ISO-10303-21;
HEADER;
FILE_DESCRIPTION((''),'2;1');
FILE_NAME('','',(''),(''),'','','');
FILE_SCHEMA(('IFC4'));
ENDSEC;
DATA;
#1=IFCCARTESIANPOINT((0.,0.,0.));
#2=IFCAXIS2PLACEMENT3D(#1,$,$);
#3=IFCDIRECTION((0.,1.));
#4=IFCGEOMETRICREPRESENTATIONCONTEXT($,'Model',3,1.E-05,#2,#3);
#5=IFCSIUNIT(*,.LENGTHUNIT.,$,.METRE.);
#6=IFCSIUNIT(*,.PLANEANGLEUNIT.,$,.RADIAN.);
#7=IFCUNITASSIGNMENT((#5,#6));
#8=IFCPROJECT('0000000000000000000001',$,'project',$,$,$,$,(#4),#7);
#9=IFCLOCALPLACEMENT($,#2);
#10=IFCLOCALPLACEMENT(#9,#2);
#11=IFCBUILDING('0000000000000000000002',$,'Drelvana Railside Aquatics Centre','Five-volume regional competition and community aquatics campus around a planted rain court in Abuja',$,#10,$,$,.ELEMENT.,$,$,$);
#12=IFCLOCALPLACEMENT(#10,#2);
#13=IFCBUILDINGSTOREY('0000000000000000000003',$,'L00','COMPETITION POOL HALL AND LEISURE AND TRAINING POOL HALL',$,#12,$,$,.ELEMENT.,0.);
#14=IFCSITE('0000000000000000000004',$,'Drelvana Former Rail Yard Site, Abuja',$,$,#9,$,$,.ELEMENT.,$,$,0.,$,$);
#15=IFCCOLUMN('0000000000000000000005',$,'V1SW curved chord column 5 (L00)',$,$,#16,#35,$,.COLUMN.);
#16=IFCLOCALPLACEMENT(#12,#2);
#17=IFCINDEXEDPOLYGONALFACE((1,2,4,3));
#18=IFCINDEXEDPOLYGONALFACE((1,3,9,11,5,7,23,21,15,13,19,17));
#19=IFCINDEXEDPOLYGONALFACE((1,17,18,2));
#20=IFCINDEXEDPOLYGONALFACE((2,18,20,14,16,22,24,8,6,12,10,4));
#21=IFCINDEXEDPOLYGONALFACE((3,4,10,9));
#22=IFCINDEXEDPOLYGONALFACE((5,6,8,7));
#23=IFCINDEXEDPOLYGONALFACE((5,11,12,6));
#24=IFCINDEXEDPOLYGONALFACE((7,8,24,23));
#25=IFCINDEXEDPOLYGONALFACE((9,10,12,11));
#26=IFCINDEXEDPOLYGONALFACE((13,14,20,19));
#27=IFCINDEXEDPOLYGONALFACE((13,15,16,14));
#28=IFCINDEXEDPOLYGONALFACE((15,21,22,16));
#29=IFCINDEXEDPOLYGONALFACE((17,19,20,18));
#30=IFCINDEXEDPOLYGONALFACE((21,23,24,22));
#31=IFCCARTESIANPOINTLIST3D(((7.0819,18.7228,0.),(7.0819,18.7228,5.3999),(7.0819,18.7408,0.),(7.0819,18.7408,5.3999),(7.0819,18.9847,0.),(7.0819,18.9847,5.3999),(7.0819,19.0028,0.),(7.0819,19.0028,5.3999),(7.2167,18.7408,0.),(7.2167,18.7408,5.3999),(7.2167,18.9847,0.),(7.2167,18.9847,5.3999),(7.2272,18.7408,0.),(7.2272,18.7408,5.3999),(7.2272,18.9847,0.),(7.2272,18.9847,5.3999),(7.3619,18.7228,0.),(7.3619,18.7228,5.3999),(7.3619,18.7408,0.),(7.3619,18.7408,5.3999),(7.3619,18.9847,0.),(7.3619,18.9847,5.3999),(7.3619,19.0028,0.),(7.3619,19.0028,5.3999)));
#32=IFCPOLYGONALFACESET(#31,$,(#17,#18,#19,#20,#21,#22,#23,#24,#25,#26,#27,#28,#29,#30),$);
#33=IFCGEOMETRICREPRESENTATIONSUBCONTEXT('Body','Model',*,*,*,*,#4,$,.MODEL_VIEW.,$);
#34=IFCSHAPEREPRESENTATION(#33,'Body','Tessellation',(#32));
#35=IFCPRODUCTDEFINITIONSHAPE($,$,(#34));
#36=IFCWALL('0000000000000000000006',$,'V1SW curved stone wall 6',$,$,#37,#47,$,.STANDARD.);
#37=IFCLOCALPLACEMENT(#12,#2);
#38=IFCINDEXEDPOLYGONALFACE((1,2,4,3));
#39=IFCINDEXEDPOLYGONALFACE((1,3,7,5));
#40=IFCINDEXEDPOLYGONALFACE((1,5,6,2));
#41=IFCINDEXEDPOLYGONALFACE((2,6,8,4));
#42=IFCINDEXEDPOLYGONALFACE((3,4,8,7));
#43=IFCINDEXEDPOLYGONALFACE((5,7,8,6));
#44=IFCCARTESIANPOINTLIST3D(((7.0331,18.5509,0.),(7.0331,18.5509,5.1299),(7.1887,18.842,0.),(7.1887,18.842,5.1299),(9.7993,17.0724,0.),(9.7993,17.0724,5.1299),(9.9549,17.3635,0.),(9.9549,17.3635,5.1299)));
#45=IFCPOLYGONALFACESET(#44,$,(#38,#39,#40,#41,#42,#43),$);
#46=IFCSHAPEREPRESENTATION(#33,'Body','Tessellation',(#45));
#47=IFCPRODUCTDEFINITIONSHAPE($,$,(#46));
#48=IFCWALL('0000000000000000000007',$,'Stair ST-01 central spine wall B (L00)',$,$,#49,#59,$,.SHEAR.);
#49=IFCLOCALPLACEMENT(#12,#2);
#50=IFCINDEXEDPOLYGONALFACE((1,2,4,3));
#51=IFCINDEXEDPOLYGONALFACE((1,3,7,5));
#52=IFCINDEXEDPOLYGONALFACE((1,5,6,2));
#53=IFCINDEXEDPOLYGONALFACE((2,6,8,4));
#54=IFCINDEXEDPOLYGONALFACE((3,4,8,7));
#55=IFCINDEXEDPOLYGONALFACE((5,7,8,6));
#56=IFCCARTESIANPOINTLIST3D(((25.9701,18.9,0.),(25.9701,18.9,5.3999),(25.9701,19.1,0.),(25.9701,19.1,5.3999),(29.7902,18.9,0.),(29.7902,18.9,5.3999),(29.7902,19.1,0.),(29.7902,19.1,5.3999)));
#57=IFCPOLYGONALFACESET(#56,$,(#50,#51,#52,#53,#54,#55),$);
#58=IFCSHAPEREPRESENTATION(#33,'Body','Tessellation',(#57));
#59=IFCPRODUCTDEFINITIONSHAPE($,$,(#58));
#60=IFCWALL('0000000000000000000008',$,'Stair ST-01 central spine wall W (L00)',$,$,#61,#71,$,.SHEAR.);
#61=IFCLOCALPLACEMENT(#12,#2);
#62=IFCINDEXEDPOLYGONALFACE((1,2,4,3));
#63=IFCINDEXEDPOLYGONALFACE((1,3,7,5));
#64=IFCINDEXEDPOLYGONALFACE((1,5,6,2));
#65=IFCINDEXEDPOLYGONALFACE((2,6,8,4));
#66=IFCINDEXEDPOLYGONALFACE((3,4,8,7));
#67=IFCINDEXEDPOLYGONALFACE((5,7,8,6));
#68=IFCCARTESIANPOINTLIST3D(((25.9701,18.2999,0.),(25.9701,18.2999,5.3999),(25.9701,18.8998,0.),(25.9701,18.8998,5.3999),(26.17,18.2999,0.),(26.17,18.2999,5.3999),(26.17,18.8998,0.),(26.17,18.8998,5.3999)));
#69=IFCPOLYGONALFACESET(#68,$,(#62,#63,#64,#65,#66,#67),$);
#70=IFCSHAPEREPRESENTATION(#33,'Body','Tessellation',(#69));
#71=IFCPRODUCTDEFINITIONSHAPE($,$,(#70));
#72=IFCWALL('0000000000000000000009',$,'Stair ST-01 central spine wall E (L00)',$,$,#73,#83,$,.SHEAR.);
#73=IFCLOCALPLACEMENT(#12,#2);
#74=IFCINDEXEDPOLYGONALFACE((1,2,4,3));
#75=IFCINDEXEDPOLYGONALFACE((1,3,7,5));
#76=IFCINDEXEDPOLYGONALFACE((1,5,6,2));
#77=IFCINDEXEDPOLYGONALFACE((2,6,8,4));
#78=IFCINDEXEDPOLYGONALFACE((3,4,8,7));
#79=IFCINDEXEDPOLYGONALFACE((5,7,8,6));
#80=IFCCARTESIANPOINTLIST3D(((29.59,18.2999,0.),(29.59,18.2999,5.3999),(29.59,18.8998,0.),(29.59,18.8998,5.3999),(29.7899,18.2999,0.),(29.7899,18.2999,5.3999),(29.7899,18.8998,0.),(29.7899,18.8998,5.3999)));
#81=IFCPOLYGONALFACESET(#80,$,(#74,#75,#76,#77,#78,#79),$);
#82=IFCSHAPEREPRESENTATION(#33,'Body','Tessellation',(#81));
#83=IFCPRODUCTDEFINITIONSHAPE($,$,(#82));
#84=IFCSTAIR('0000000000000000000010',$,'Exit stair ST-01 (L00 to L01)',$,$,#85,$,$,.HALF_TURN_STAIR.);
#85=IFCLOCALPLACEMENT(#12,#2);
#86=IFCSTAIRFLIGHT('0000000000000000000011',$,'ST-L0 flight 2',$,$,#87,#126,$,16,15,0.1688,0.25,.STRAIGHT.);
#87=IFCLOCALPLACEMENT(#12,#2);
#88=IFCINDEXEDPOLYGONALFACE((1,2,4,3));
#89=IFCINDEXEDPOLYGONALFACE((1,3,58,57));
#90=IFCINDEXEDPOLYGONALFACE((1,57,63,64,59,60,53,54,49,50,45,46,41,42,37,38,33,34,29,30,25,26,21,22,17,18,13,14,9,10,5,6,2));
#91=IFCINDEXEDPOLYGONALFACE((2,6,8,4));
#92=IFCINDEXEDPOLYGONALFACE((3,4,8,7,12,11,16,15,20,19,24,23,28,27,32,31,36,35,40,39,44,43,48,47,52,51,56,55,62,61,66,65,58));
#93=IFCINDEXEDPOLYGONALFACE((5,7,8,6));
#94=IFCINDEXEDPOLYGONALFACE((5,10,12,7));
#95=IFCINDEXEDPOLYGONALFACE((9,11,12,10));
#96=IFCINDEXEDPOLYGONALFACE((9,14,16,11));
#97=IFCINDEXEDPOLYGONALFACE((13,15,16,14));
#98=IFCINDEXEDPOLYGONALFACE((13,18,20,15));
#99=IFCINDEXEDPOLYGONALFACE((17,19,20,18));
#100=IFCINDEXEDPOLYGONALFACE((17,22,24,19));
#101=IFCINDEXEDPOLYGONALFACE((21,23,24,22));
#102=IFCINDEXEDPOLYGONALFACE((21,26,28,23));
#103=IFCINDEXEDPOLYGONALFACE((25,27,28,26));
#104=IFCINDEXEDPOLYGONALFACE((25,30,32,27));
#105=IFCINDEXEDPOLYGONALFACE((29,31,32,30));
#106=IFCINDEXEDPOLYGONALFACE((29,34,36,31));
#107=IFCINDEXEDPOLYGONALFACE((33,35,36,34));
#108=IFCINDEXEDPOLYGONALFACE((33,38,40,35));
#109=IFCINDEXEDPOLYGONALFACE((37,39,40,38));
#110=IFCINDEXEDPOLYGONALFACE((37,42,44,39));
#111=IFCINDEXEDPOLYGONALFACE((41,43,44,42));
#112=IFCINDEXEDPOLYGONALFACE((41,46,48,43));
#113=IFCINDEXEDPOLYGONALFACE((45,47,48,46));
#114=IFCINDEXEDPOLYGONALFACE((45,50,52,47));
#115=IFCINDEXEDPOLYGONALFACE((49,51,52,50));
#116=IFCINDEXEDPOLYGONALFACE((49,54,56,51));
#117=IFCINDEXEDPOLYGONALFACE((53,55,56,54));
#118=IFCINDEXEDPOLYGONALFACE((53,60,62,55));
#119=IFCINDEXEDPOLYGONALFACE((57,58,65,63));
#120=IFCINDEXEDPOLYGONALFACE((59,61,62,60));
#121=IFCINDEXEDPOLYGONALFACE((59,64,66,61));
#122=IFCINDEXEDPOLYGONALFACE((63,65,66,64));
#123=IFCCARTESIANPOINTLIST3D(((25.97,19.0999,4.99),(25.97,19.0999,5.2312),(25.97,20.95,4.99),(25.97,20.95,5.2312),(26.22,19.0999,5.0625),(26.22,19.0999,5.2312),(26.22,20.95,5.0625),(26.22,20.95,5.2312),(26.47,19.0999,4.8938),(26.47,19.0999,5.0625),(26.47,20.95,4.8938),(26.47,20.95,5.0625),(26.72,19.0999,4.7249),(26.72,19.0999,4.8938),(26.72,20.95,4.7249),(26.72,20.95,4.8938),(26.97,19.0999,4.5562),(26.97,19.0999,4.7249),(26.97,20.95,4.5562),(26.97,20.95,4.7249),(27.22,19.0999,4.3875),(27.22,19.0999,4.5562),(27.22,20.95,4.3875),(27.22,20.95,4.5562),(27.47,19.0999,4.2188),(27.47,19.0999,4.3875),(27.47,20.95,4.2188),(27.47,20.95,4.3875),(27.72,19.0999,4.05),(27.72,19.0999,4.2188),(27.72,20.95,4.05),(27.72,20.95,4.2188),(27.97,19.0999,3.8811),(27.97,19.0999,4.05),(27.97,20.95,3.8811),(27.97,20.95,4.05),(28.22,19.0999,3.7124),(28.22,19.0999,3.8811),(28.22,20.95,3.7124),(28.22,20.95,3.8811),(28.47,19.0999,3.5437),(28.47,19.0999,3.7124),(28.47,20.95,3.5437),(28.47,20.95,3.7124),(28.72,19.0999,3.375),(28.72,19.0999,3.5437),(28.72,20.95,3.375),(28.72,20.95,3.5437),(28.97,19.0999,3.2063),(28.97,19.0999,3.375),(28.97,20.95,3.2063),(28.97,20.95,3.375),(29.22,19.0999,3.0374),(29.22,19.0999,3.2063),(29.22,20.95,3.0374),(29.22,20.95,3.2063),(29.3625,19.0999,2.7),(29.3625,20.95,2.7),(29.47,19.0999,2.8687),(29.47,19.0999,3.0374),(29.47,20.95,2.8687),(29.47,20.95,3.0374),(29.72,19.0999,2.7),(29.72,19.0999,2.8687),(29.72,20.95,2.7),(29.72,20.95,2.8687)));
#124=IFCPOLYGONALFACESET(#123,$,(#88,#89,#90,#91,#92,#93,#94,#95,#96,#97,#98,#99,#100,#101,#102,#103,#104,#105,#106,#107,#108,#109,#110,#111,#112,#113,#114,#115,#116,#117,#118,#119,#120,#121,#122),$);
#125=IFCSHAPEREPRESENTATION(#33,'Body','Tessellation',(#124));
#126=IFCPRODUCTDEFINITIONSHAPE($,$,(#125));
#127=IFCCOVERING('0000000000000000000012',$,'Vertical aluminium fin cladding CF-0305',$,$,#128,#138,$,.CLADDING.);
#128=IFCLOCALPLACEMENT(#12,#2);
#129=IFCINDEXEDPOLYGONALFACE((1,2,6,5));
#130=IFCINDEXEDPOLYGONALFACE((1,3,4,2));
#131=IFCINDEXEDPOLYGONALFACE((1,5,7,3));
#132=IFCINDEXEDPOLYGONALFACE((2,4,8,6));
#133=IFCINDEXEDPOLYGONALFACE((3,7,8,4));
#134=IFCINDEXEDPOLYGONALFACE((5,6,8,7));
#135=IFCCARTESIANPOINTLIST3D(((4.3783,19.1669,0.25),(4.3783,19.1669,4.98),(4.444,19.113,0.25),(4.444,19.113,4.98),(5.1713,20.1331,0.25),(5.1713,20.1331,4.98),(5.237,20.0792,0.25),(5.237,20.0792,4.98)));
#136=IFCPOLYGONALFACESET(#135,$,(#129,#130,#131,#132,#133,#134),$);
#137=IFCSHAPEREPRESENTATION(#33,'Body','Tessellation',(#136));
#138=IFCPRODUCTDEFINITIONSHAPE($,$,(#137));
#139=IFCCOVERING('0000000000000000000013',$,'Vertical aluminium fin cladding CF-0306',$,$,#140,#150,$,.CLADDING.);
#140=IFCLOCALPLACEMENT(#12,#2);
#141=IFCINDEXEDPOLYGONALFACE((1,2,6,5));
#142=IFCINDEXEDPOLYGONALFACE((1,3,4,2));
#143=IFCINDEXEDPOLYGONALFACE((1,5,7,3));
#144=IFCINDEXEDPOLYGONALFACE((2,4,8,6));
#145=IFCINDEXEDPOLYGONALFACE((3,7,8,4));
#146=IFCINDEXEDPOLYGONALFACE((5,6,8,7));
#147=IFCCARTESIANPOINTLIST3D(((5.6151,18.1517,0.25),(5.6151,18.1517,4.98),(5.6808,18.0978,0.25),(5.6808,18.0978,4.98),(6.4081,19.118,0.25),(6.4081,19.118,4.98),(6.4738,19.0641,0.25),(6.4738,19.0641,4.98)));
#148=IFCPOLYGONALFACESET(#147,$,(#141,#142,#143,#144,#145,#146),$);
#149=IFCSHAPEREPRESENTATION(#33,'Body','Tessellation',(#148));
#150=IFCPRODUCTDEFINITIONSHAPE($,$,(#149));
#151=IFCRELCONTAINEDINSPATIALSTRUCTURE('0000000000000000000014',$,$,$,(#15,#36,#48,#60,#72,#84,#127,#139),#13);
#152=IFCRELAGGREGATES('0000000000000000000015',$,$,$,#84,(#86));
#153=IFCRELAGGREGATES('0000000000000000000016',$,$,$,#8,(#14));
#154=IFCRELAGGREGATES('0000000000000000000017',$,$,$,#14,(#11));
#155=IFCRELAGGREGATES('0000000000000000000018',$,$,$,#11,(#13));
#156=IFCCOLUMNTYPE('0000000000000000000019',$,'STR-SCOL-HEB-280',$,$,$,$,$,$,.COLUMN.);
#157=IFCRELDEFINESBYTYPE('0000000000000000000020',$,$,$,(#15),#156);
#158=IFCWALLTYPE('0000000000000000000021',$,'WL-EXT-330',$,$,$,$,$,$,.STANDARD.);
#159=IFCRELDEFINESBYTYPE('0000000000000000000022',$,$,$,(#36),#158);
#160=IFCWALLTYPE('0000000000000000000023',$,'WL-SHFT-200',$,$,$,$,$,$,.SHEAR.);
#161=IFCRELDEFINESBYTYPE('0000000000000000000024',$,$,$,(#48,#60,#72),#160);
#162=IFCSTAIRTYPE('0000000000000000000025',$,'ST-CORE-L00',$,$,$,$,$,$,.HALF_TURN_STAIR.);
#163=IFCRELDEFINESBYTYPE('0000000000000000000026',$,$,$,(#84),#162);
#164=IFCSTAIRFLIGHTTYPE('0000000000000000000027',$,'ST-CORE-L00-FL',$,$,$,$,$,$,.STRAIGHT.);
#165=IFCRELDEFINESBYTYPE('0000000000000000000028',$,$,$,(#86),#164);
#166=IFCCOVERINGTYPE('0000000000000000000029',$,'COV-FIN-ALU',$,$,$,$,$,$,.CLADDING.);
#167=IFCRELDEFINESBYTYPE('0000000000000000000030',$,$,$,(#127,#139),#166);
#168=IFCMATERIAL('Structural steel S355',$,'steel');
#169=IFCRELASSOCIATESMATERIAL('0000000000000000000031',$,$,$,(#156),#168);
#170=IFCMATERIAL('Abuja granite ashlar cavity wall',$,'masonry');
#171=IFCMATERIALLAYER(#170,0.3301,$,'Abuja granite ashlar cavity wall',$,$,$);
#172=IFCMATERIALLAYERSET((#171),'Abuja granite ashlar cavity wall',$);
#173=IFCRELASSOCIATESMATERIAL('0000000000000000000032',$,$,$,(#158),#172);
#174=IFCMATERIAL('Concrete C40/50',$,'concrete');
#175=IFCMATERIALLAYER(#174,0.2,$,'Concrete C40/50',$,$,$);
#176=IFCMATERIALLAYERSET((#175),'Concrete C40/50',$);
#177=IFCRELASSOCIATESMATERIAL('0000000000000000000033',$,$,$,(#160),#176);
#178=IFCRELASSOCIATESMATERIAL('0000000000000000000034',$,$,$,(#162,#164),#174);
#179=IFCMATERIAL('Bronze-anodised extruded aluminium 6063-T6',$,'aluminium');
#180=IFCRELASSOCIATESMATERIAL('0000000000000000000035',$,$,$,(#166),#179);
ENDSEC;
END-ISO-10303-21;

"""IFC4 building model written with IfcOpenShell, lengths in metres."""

from ifc_helpers import new_model, si_unit, direction, frame, frame_2d, origin, origin_2d, place, context, subcontext, project, spatial, polyline, rectangle, i_section, outline, extrude, material, layer, layer_set, material_profile, profile_set, type_object, element, aggregate, save


model = new_model("IFC4")

# Units and contexts
model_context = context("Model", 3, precision=1e-05, world=origin(), true_north=direction((0.0, 1.0)))
body_context = subcontext(model_context, "Body", "Model", "MODEL_VIEW")
ifc_project = project(units=[si_unit("LENGTHUNIT", "METRE"), si_unit("PLANEANGLEUNIT", "RADIAN")], contexts=[model_context])

# Site, building, storey
site_placement = place(None, origin())
site = spatial("IfcSite", under=ifc_project, at=site_placement, Name="Drelvana Former Rail Yard Site, Abuja", CompositionType="ELEMENT", RefElevation=0.0)
building_placement = place(site_placement, origin())
building = spatial("IfcBuilding", under=site, at=building_placement, Name="Drelvana Railside Aquatics Centre", Description="Five-volume regional competition and community aquatics campus around a planted rain court in Abuja", CompositionType="ELEMENT")
storey_placement = place(building_placement, origin())
storey = spatial("IfcBuildingStorey", under=building, at=storey_placement, Name="L00", Description="COMPETITION POOL HALL AND LEISURE AND TRAINING POOL HALL", CompositionType="ELEMENT", Elevation=0.0)

# Column
ifc_material_1 = material(Name="Structural steel S355", Category="steel")
ifc_material_profile = material_profile(ifc_material_1, i_section(OverallWidth=0.28, OverallDepth=0.28, WebThickness=0.0105, FlangeThickness=0.0181, at=origin_2d()), Name="HEB 280")
ifc_profile_set = profile_set([ifc_material_profile], Name="Structural steel S355")
column_type = type_object("IfcColumnType", Name="STR-SCOL-HEB-280", PredefinedType="COLUMN", material=ifc_profile_set)
column_placement = place(storey_placement, frame((7.2219, 18.8628, 0.0), z_axis=(0.0, 0.0, 1.0), x_axis=(1.0, 0.0, 0.0)))
element("IfcColumn", 1, at=column_placement, inside=storey, type_object=column_type, Name="V1SW curved chord column 5 (L00)", PredefinedType="COLUMN", context=body_context, shape_type="SweptSolid", body=[
    extrude(i_section(OverallWidth=0.28, OverallDepth=0.28, WebThickness=0.0105, FlangeThickness=0.0181, at=origin_2d()), origin(), (0.0, 0.0, 1.0), 5.3999),
])

# Walls
ifc_material_2 = material(Name="Abuja granite ashlar cavity wall", Category="masonry")
ifc_layer_1 = layer(ifc_material_2, 0.3301, Name="Abuja granite ashlar cavity wall")
ifc_layer_set_1 = layer_set([ifc_layer_1], Name="Abuja granite ashlar cavity wall")
wall_type_1 = type_object("IfcWallType", Name="WL-EXT-330", PredefinedType="STANDARD", material=ifc_layer_set_1)
wall_1_placement = place(storey_placement, frame((7.1108, 18.6965, 0.0), z_axis=(0.0, 0.0, 1.0), x_axis=(0.881922, -0.471396, 0.0)))
element("IfcWall", 2, at=wall_1_placement, inside=storey, type_object=wall_type_1, Name="V1SW curved stone wall 6", PredefinedType="STANDARD", context=body_context, shape_type="SweptSolid", body=[
    extrude(rectangle(XDim=3.1365, YDim=0.3301, at=frame_2d((1.5684, 0.0))), origin(), (0.0, 0.0, 1.0), 5.1299),
])
ifc_material_3 = material(Name="Concrete C40/50", Category="concrete")
ifc_layer_2 = layer(ifc_material_3, 0.2, Name="Concrete C40/50")
ifc_layer_set_2 = layer_set([ifc_layer_2], Name="Concrete C40/50")
wall_type_2 = type_object("IfcWallType", Name="WL-SHFT-200", PredefinedType="SHEAR", material=ifc_layer_set_2)
wall_2_placement = place(storey_placement, frame((25.97, 19.0, 0.0), z_axis=(0.0, 0.0, 1.0), x_axis=(1.0, 0.0, 0.0)))
element("IfcWall", 3, at=wall_2_placement, inside=storey, type_object=wall_type_2, Name="Stair ST-01 central spine wall B (L00)", PredefinedType="SHEAR", context=body_context, shape_type="SweptSolid", body=[
    extrude(rectangle(XDim=3.8201, YDim=0.2, at=frame_2d((1.9102, 0.0))), origin(), (0.0, 0.0, 1.0), 5.3999),
])
for number, where, z_axis, x_axis, name in (
    (4, (26.0701, 18.3, 0.0), (0.0, 0.0, 1.0), (0.0, 1.0, 0.0), "Stair ST-01 central spine wall W (L00)"),
    (5, (29.6899, 18.3, 0.0), (0.0, 0.0, 1.0), (0.0, 1.0, 0.0), "Stair ST-01 central spine wall E (L00)"),
):
    element("IfcWall", number, at=place(storey_placement, frame(where, z_axis=z_axis, x_axis=x_axis)), inside=storey, type_object=wall_type_2, Name=name, PredefinedType="SHEAR", context=body_context, shape_type="SweptSolid", body=[
        extrude(rectangle(XDim=0.5999, YDim=0.2, at=frame_2d((0.2998, 0.0))), origin(), (0.0, 0.0, 1.0), 5.3999),
    ])

# Stair, stair flight
stair_type = type_object("IfcStairType", Name="ST-CORE-L00", PredefinedType="HALF_TURN_STAIR", material=ifc_material_3)
stair_placement = place(storey_placement, origin())
stair = element("IfcStair", 6, at=stair_placement, inside=storey, type_object=stair_type, Name="Exit stair ST-01 (L00 to L01)", PredefinedType="HALF_TURN_STAIR")
stair_flight_type = type_object("IfcStairFlightType", Name="ST-CORE-L00-FL", PredefinedType="STRAIGHT", material=ifc_material_3)
stair_flight_placement = place(storey_placement, frame((29.72, 20.0249, 2.7), z_axis=(0.0, 0.0, 1.0), x_axis=(-1.0, 0.0, 0.0)))
stair_flight = element("IfcStairFlight", 7, at=stair_flight_placement, type_object=stair_flight_type, Name="ST-L0 flight 2", NumberOfRisers=16, NumberOfTreads=15, PredefinedType="STRAIGHT", RiserHeight=0.1688, TreadLength=0.25, context=body_context, shape_type="SweptSolid", body=[
    extrude(outline(polyline([(0.0, 0.0), (0.0, 0.1687), (0.25, 0.1687), (0.25, 0.3374), (0.5, 0.3374), (0.5, 0.5063), (0.75, 0.5063), (0.75, 0.675), (1.0, 0.675), (1.0, 0.8438), (1.25, 0.8438), (1.25, 1.0125), (1.5, 1.0125), (1.5, 1.1812), (1.75, 1.1812), (1.75, 1.3501), (2.0, 1.3501), (2.0, 1.5188), (2.25, 1.5188), (2.25, 1.6875), (2.5, 1.6875), (2.5, 1.8562), (2.75, 1.8562), (2.75, 2.0249), (3.0, 2.0249), (3.0, 2.1938), (3.25, 2.1938), (3.25, 2.3625), (3.5, 2.3625), (3.5, 2.5312), (3.75, 2.5312), (3.75, 2.7), (3.75, 2.29), (0.3574, 0.0), (0.0, 0.0)])), frame((0.0, 0.925, 0.0), z_axis=(0.0, -1.0, 0.0), x_axis=(1.0, 0.0, 0.0)), (0.0, 0.0, 1.0), 1.8501),
])
aggregate(stair, [stair_flight])

# Coverings
ifc_material_4 = material(Name="Bronze-anodised extruded aluminium 6063-T6", Category="aluminium")
covering_type = type_object("IfcCoveringType", Name="COV-FIN-ALU", PredefinedType="CLADDING", material=ifc_material_4)
for number, where, z_axis, x_axis, name in (
    (8, (4.8076, 19.623, 0.25), (0.0, 0.0, 1.0), (-0.77301, 0.634393, 0.0), "Vertical aluminium fin cladding CF-0305"),
    (9, (6.0444, 18.6079, 0.25), (0.0, 0.0, 1.0), (-0.77301, 0.634393, 0.0), "Vertical aluminium fin cladding CF-0306"),
):
    element("IfcCovering", number, at=place(storey_placement, frame(where, z_axis=z_axis, x_axis=x_axis)), inside=storey, type_object=covering_type, Name=name, PredefinedType="CLADDING", context=body_context, shape_type="SweptSolid", body=[
        extrude(rectangle(XDim=0.085, YDim=1.25, at=origin_2d()), origin(), (0.0, 0.0, 1.0), 4.73),
    ])

save(model, "model.ifc")
